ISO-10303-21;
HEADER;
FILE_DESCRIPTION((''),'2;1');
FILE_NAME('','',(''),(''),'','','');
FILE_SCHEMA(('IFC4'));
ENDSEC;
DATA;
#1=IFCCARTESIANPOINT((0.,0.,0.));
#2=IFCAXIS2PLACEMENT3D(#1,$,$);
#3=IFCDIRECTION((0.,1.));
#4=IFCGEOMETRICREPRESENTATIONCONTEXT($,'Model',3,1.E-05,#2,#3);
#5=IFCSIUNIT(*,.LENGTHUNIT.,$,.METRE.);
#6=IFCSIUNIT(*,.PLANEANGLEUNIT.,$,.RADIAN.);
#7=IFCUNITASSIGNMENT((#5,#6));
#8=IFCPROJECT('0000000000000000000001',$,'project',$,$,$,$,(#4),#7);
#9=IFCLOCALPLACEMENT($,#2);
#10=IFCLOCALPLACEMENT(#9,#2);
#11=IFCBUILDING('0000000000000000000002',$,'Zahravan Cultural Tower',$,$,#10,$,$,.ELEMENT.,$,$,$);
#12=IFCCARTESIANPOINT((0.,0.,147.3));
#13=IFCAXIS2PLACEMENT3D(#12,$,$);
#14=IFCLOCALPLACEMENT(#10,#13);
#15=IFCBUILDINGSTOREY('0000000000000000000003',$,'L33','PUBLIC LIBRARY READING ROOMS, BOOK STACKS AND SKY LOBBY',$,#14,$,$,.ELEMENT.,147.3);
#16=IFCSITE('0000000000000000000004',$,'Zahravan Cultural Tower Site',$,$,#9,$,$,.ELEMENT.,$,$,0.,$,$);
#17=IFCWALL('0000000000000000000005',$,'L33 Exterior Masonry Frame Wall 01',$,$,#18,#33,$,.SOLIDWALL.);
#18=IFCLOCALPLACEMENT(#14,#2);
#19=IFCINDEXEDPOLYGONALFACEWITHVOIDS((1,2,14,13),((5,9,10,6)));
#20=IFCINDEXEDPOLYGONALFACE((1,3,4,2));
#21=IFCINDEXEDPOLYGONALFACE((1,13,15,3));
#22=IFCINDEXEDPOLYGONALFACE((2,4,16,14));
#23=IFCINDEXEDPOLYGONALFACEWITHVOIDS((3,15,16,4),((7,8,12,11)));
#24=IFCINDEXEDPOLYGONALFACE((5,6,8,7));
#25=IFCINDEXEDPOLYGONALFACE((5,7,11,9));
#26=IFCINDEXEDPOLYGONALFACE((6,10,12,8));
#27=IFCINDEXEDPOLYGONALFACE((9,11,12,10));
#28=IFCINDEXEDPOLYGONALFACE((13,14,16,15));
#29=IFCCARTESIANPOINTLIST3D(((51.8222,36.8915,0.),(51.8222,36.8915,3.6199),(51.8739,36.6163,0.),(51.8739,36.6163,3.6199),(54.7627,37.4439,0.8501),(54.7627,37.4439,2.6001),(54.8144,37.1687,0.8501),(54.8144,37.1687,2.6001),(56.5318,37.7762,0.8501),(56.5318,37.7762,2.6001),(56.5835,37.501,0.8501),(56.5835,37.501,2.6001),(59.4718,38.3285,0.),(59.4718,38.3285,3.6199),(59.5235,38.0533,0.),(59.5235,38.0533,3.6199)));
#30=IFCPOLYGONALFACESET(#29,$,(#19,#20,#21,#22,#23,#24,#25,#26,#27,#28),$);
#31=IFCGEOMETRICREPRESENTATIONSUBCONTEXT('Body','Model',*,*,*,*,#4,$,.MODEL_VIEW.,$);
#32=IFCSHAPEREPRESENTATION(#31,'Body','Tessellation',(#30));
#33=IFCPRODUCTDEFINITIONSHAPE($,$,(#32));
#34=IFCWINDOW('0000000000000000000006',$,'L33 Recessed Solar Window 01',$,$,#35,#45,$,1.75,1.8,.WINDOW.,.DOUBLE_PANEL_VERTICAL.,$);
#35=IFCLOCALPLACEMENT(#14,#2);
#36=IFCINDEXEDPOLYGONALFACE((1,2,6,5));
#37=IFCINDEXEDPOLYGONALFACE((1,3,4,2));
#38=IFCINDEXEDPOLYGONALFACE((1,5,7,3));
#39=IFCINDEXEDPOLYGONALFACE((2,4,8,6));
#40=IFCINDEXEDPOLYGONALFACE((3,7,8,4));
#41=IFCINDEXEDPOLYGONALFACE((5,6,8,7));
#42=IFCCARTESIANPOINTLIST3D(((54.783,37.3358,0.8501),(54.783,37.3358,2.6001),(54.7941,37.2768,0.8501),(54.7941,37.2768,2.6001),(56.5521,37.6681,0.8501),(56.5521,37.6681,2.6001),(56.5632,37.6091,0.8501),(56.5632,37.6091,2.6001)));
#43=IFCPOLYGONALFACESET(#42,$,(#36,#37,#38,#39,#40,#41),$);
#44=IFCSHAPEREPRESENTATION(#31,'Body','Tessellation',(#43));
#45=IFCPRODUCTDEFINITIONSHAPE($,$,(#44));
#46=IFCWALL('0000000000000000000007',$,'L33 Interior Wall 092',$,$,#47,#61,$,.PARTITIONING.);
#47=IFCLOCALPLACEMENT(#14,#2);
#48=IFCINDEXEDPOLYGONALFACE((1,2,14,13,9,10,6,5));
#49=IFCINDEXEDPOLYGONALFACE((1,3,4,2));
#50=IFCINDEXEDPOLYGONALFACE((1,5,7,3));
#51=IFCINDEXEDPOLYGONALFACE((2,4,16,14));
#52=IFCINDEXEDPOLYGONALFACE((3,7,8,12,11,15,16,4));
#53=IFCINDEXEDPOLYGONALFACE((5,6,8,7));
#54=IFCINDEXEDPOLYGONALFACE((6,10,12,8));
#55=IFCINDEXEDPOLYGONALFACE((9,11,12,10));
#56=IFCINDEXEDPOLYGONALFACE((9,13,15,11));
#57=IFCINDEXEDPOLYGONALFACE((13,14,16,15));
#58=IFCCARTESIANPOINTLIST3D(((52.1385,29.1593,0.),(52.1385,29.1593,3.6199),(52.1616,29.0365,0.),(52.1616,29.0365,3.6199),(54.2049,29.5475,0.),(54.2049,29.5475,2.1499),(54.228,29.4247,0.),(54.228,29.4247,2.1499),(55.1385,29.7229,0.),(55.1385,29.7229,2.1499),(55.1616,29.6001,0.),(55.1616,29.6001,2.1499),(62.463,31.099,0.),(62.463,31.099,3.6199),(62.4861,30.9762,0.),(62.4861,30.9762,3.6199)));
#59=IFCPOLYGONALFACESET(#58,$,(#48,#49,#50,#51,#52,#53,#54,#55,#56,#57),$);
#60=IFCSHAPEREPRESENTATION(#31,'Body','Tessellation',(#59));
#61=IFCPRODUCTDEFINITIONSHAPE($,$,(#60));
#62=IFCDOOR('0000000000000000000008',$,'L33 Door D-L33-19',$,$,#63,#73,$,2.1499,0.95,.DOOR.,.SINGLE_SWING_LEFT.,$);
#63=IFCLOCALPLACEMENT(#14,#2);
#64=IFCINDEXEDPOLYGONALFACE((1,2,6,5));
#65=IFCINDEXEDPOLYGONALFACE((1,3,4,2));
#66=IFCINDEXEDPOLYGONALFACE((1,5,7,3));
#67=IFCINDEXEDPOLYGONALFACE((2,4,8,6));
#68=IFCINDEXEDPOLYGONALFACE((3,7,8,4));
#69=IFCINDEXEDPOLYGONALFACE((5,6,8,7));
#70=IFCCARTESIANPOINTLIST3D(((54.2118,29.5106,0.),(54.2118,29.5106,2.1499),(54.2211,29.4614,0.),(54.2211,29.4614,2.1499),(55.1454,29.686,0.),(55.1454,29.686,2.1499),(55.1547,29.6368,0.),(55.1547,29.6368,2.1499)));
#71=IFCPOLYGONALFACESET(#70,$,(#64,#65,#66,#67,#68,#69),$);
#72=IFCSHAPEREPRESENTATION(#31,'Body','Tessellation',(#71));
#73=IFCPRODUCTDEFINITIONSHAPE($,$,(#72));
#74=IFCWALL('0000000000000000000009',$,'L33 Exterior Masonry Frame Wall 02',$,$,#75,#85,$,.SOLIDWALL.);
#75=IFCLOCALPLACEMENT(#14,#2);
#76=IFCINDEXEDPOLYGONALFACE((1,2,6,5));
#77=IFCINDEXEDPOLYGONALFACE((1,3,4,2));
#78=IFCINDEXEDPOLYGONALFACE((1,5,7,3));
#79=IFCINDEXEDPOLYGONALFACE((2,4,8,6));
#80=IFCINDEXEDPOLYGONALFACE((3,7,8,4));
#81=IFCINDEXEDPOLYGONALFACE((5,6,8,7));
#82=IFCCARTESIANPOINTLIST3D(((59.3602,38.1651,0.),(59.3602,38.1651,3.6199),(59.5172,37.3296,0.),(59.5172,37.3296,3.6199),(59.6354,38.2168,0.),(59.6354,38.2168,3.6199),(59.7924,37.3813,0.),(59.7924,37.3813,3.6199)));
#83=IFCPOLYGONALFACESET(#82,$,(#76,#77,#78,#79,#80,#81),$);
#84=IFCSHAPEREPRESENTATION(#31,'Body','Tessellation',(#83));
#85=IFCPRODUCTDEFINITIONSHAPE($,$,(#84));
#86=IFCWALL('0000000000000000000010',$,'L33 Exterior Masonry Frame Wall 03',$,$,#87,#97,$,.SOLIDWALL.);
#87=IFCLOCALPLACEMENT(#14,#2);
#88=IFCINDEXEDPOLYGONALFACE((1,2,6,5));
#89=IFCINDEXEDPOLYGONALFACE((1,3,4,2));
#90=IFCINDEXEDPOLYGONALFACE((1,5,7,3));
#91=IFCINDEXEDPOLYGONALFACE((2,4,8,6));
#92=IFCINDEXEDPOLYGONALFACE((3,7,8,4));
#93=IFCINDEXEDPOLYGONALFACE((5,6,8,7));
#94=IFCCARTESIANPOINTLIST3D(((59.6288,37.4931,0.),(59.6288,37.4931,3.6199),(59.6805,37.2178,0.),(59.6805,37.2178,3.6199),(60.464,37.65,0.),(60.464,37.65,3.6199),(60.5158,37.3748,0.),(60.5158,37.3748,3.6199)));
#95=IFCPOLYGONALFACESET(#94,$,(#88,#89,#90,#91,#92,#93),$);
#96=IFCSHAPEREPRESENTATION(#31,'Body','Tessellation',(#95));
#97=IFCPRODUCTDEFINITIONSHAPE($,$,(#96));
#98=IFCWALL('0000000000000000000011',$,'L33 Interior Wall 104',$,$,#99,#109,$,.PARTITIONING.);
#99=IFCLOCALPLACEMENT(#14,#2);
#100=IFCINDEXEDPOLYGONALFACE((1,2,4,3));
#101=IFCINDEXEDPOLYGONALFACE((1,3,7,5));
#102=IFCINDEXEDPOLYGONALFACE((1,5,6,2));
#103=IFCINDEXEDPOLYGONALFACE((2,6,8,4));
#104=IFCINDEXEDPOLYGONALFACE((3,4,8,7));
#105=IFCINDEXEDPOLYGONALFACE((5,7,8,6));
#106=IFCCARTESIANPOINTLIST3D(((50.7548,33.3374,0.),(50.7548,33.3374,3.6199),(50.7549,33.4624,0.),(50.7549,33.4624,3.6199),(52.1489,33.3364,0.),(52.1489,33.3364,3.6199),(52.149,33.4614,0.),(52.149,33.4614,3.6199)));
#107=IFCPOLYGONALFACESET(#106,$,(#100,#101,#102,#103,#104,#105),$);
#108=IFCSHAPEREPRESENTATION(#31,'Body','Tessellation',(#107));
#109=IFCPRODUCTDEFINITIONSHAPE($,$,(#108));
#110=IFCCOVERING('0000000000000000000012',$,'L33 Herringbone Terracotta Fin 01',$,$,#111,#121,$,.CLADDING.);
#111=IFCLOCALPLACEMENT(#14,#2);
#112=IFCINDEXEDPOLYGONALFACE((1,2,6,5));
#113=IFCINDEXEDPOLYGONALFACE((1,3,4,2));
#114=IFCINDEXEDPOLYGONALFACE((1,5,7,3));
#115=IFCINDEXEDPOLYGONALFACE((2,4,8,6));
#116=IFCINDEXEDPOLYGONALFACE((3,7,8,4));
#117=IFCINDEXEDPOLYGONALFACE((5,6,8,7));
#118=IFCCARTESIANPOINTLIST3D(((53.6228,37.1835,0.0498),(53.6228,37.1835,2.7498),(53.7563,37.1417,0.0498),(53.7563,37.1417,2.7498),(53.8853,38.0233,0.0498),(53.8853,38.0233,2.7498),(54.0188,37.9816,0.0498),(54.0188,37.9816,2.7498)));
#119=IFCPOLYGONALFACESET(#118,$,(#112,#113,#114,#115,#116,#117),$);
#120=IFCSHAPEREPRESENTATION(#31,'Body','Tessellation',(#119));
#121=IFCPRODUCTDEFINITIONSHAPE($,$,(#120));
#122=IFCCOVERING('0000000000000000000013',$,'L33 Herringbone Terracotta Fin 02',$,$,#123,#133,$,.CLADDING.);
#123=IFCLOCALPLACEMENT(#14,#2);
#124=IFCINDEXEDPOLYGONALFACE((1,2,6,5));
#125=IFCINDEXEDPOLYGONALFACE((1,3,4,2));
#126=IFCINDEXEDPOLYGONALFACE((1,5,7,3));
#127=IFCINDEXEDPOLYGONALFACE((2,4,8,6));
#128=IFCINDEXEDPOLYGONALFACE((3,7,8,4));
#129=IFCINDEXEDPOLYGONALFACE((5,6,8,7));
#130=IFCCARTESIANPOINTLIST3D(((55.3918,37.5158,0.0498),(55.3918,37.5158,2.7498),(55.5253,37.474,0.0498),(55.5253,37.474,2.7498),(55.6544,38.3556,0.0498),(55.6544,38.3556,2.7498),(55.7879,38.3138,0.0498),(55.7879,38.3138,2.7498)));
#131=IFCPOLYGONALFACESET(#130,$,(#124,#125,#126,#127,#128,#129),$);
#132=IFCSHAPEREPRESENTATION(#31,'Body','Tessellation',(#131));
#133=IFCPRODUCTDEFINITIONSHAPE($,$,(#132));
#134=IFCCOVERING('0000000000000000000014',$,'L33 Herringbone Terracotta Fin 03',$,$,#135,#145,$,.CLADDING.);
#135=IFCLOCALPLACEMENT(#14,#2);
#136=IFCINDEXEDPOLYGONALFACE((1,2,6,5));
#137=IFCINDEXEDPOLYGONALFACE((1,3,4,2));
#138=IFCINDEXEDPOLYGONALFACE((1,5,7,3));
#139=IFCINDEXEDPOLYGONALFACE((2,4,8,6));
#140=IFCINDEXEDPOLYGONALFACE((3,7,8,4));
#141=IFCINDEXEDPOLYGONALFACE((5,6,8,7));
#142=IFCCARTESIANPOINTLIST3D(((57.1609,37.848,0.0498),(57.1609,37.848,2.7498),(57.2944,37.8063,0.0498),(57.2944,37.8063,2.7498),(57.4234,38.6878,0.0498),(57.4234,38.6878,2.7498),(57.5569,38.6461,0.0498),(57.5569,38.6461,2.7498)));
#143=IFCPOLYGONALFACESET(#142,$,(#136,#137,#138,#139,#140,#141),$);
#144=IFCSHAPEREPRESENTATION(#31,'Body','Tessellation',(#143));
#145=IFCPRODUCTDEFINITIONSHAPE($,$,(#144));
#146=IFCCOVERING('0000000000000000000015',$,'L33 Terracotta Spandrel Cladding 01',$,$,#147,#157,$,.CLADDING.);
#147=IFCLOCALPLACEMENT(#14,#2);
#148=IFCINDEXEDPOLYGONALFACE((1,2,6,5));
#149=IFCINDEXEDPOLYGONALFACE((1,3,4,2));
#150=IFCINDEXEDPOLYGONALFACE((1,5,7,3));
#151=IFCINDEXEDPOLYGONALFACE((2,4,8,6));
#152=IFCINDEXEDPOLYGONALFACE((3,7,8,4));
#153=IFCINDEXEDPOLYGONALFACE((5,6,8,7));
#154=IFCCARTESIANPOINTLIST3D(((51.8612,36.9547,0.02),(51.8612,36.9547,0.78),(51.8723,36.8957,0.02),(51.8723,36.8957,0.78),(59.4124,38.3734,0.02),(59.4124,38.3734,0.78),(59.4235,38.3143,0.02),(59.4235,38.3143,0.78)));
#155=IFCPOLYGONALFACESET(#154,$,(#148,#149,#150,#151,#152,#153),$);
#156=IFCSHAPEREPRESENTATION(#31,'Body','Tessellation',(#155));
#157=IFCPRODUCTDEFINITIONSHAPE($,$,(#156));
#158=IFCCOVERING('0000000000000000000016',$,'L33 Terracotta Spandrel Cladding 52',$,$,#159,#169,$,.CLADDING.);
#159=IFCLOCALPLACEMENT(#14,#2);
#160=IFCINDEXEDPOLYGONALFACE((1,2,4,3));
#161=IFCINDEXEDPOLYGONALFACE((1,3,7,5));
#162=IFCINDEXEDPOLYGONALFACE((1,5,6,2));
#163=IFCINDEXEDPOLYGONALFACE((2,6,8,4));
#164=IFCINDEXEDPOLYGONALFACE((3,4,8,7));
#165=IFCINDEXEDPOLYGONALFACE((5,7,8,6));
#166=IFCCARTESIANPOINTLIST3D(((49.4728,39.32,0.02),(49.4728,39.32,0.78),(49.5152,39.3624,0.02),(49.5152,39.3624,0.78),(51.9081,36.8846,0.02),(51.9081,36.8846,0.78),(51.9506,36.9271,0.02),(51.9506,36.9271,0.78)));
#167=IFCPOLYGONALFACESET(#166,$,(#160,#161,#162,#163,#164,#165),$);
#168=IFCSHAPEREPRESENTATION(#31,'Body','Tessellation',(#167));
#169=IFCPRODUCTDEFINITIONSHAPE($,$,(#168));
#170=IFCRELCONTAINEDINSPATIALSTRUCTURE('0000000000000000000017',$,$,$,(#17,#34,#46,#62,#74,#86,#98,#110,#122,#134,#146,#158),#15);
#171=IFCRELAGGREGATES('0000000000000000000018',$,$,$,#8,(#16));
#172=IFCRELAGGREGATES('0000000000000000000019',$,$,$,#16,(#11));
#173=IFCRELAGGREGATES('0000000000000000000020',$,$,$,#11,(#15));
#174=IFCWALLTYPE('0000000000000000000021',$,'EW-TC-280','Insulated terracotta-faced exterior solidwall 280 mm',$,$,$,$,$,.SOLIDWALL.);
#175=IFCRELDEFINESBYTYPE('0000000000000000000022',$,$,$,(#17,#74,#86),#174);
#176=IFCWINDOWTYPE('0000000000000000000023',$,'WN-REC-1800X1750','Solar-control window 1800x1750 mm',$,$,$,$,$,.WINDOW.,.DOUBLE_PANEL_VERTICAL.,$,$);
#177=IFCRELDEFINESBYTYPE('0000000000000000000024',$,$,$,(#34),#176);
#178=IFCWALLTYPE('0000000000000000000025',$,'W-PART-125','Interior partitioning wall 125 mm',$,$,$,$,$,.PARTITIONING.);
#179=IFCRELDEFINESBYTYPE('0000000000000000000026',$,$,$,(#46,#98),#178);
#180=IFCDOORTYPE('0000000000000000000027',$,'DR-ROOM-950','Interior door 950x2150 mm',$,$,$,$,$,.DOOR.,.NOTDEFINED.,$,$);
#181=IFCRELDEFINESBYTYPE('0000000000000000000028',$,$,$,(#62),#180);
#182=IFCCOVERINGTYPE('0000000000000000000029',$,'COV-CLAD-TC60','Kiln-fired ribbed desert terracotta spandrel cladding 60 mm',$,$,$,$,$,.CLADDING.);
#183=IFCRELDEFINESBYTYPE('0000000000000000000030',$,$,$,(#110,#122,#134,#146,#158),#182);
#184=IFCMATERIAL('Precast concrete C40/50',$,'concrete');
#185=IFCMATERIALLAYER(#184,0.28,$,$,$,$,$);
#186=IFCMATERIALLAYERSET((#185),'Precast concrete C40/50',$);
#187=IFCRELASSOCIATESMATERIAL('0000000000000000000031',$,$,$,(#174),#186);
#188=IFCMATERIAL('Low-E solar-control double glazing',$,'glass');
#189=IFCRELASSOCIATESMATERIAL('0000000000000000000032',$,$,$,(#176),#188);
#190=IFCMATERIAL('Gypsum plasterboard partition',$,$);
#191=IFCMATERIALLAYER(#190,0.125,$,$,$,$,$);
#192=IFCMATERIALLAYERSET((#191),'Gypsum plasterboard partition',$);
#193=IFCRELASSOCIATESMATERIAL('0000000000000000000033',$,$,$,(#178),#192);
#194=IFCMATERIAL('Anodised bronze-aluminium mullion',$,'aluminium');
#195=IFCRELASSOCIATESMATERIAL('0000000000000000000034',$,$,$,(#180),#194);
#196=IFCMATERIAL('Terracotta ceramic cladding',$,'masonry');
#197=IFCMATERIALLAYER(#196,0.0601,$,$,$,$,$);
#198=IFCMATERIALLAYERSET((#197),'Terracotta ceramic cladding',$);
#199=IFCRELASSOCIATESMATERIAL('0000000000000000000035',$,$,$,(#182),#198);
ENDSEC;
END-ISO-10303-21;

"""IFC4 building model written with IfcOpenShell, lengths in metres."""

from ifc_helpers import new_model, si_unit, direction, frame, frame_2d, origin, origin_2d, place, context, subcontext, project, spatial, rectangle, extrude, source, transform, mapped, material, layer, layer_set, type_object, element, fill, save


model = new_model("IFC4")

# Units and contexts
model_context = context("Model", 3, precision=1e-05, world=origin(), true_north=direction((0.0, 1.0)))
body_context = subcontext(model_context, "Body", "Model", "MODEL_VIEW")
ifc_project = project(units=[si_unit("LENGTHUNIT", "METRE"), si_unit("PLANEANGLEUNIT", "RADIAN")], contexts=[model_context])

# Site, building, storey
site_placement = place(None, origin())
site = spatial("IfcSite", under=ifc_project, at=site_placement, Name="Zahravan Cultural Tower Site", CompositionType="ELEMENT", RefElevation=0.0)
building_placement = place(site_placement, origin())
building = spatial("IfcBuilding", under=site, at=building_placement, Name="Zahravan Cultural Tower", CompositionType="ELEMENT")
storey_placement = place(building_placement, frame((0.0, 0.0, 147.3)))
storey = spatial("IfcBuildingStorey", under=building, at=storey_placement, Name="L33", Description="PUBLIC LIBRARY READING ROOMS, BOOK STACKS AND SKY LOBBY", CompositionType="ELEMENT", Elevation=147.3)

# Wall, opening, window
ifc_material_1 = material(Name="Precast concrete C40/50", Category="concrete")
ifc_layer_1 = layer(ifc_material_1, 0.28)
ifc_layer_set_1 = layer_set([ifc_layer_1], Name="Precast concrete C40/50")
wall_type_1 = type_object("IfcWallType", Name="EW-TC-280", Description="Insulated terracotta-faced exterior solidwall 280 mm", PredefinedType="SOLIDWALL", material=ifc_layer_set_1)
wall_1_placement = place(storey_placement, frame((51.8481, 36.7539, 0.0), z_axis=(0.0, 0.0, 1.0), x_axis=(0.982809, 0.184624, 0.0)))
wall_1 = element("IfcWall", 1, at=wall_1_placement, inside=storey, type_object=wall_type_1, Name="L33 Exterior Masonry Frame Wall 01", PredefinedType="SOLIDWALL", context=body_context, shape_type="SweptSolid", body=[
    extrude(rectangle(XDim=7.7834, YDim=0.28, at=frame_2d((3.8916, 0.0))), origin(), (0.0, 0.0, 1.0), 3.6199),
])
opening_1_placement = place(wall_1_placement, frame((2.9919, 0.0, 0.8501)))
opening_1 = element("IfcOpeningElement", 2, at=opening_1_placement, cuts=wall_1, PredefinedType="OPENING", context=body_context, shape_type="SweptSolid", body=[
    extrude(rectangle(XDim=1.8, YDim=1.75, at=frame_2d((0.8999, 0.875))), frame((0.0, 0.1499, 0.0), z_axis=(0.0, -1.0, 0.0), x_axis=(1.0, 0.0, 0.0)), (0.0, 0.0, 1.0), 0.3),
])
ifc_material_2 = material(Name="Low-E solar-control double glazing", Category="glass")
window_type = type_object("IfcWindowType", Name="WN-REC-1800X1750", Description="Solar-control window 1800x1750 mm", PartitioningType="DOUBLE_PANEL_VERTICAL", PredefinedType="WINDOW", material=ifc_material_2)
shared_shape_1 = source(origin(), body_context, "Body", "SweptSolid", [
    extrude(rectangle(XDim=1.8, YDim=1.75, at=frame_2d((0.8999, 0.875))), frame((0.0, 0.03, 0.0), z_axis=(0.0, -1.0, 0.0), x_axis=(1.0, 0.0, 0.0)), (0.0, 0.0, 1.0), 0.0601),
])
window_placement = place(opening_1_placement, origin())
window = element("IfcWindow", 3, at=window_placement, inside=storey, type_object=window_type, Name="L33 Recessed Solar Window 01", OverallHeight=1.75, OverallWidth=1.8, PartitioningType="DOUBLE_PANEL_VERTICAL", PredefinedType="WINDOW", context=body_context, shape_type="MappedRepresentation", body=[
    mapped(shared_shape_1, transform((0.0, 0.0, 0.0), x_axis=(1.0, 0.0, 0.0), y_axis=(0.0, 1.0, 0.0), z_axis=(0.0, 0.0, 1.0), scale=1.0)),
])
fill(opening_1, window)

# Wall, opening, door
ifc_material_3 = material(Name="Gypsum plasterboard partition")
ifc_layer_2 = layer(ifc_material_3, 0.125)
ifc_layer_set_2 = layer_set([ifc_layer_2], Name="Gypsum plasterboard partition")
wall_type_2 = type_object("IfcWallType", Name="W-PART-125", Description="Interior partitioning wall 125 mm", PredefinedType="PARTITIONING", material=ifc_layer_set_2)
wall_2_placement = place(storey_placement, frame((52.1501, 29.0979, 0.0), z_axis=(0.0, 0.0, 1.0), x_axis=(0.982806, 0.184644, 0.0)))
wall_2 = element("IfcWall", 4, at=wall_2_placement, inside=storey, type_object=wall_type_2, Name="L33 Interior Wall 092", PredefinedType="PARTITIONING", context=body_context, shape_type="SweptSolid", body=[
    extrude(rectangle(XDim=10.5051, YDim=0.125, at=frame_2d((5.2524, 0.0))), origin(), (0.0, 0.0, 1.0), 3.6199),
])
opening_2_placement = place(wall_2_placement, frame((2.1023, 0.0, 0.0)))
opening_2 = element("IfcOpeningElement", 5, at=opening_2_placement, cuts=wall_2, PredefinedType="OPENING", context=body_context, shape_type="SweptSolid", body=[
    extrude(rectangle(XDim=0.95, YDim=2.1499, at=frame_2d((0.4751, 1.075))), frame((0.0, 0.0725, 0.0), z_axis=(0.0, -1.0, 0.0), x_axis=(1.0, 0.0, 0.0)), (0.0, 0.0, 1.0), 0.145),
])
ifc_material_4 = material(Name="Anodised bronze-aluminium mullion", Category="aluminium")
door_type = type_object("IfcDoorType", Name="DR-ROOM-950", Description="Interior door 950x2150 mm", OperationType="NOTDEFINED", PredefinedType="DOOR", material=ifc_material_4)
shared_shape_2 = source(origin(), body_context, "Body", "SweptSolid", [
    extrude(rectangle(XDim=0.95, YDim=2.1499, at=frame_2d((0.4751, 1.075))), frame((0.0, 0.0249, 0.0), z_axis=(0.0, -1.0, 0.0), x_axis=(1.0, 0.0, 0.0)), (0.0, 0.0, 1.0), 0.05),
])
door_1_placement = place(opening_2_placement, origin())
door_1 = element("IfcDoor", 6, at=door_1_placement, inside=storey, type_object=door_type, Name="L33 Door D-L33-19", OperationType="SINGLE_SWING_LEFT", OverallHeight=2.1499, OverallWidth=0.95, PredefinedType="DOOR", context=body_context, shape_type="MappedRepresentation", body=[
    mapped(shared_shape_2, transform((0.0, 0.0, 0.0), x_axis=(1.0, 0.0, 0.0), y_axis=(0.0, 1.0, 0.0), z_axis=(0.0, 0.0, 1.0), scale=1.0)),
])
fill(opening_2, door_1)

# Walls
shared_shape_3 = source(origin(), body_context, "Body", "SweptSolid", [
    extrude(rectangle(XDim=0.8501, YDim=0.28, at=frame_2d((0.425, 0.0))), origin(), (0.0, 0.0, 1.0), 3.6199),
])
wall_3_placement = place(storey_placement, frame((59.4978, 38.1909, 0.0), z_axis=(0.0, 0.0, 1.0), x_axis=(0.18467, -0.982801, 0.0)))
element("IfcWall", 7, at=wall_3_placement, inside=storey, type_object=wall_type_1, Name="L33 Exterior Masonry Frame Wall 02", PredefinedType="SOLIDWALL", context=body_context, shape_type="MappedRepresentation", body=[
    mapped(shared_shape_3, transform((0.0, 0.0, 0.0), x_axis=(1.0, 0.0, 0.0), y_axis=(0.0, 1.0, 0.0), z_axis=(0.0, 0.0, 1.0), scale=1.0)),
])
shared_shape_4 = source(origin(), body_context, "Body", "SweptSolid", [
    extrude(rectangle(XDim=0.8499, YDim=0.28, at=frame_2d((0.4248, 0.0))), origin(), (0.0, 0.0, 1.0), 3.6199),
])
wall_4_placement = place(storey_placement, frame((59.6548, 37.3555, 0.0), z_axis=(0.0, 0.0, 1.0), x_axis=(0.982791, 0.184722, 0.0)))
element("IfcWall", 8, at=wall_4_placement, inside=storey, type_object=wall_type_1, Name="L33 Exterior Masonry Frame Wall 03", PredefinedType="SOLIDWALL", context=body_context, shape_type="MappedRepresentation", body=[
    mapped(shared_shape_4, transform((0.0, 0.0, 0.0), x_axis=(1.0, 0.0, 0.0), y_axis=(0.0, 1.0, 0.0), z_axis=(0.0, 0.0, 1.0), scale=1.0)),
])
shared_shape_5 = source(origin(), body_context, "Body", "SweptSolid", [
    extrude(rectangle(XDim=1.394, YDim=0.125, at=frame_2d((0.697, 0.0))), origin(), (0.0, 0.0, 1.0), 3.6199),
])
wall_5_placement = place(storey_placement, frame((52.1489, 33.3989, 0.0), z_axis=(0.0, 0.0, 1.0), x_axis=(-1.0, 0.000701, 0.0)))
element("IfcWall", 9, at=wall_5_placement, inside=storey, type_object=wall_type_2, Name="L33 Interior Wall 104", PredefinedType="PARTITIONING", context=body_context, shape_type="MappedRepresentation", body=[
    mapped(shared_shape_5, transform((0.0, 0.0, 0.0), x_axis=(1.0, 0.0, 0.0), y_axis=(0.0, 1.0, 0.0), z_axis=(0.0, 0.0, 1.0), scale=1.0)),
])

# Coverings
ifc_material_5 = material(Name="Terracotta ceramic cladding", Category="masonry")
ifc_layer_3 = layer(ifc_material_5, 0.0601)
ifc_layer_set_3 = layer_set([ifc_layer_3], Name="Terracotta ceramic cladding")
covering_type = type_object("IfcCoveringType", Name="COV-CLAD-TC60", Description="Kiln-fired ribbed desert terracotta spandrel cladding 60 mm", PredefinedType="CLADDING", material=ifc_layer_set_3)
shared_shape_6 = source(origin(), body_context, "Body", "SweptSolid", [
    extrude(rectangle(XDim=0.8799, YDim=0.1399, at=origin_2d()), origin(), (0.0, 0.0, 1.0), 2.7),
])
for number, where, z_axis, x_axis, name in (
    (10, (53.8208, 37.5825, 0.0498), (0.0, 0.0, 1.0), (0.298375, 0.954449, 0.0), "L33 Herringbone Terracotta Fin 01"),
    (11, (55.5898, 37.9148, 0.0498), (0.0, 0.0, 1.0), (0.298375, 0.954449, 0.0), "L33 Herringbone Terracotta Fin 02"),
    (12, (57.3589, 38.2471, 0.0498), (0.0, 0.0, 1.0), (0.298375, 0.954449, 0.0), "L33 Herringbone Terracotta Fin 03"),
):
    element("IfcCovering", number, at=place(storey_placement, frame(where, z_axis=z_axis, x_axis=x_axis)), inside=storey, type_object=covering_type, Name=name, PredefinedType="CLADDING", context=body_context, shape_type="MappedRepresentation", body=[
        mapped(shared_shape_6, transform((0.0, 0.0, 0.0), x_axis=(1.0, 0.0, 0.0), y_axis=(0.0, 1.0, 0.0), z_axis=(0.0, 0.0, 1.0), scale=1.0)),
    ])
shared_shape_7 = source(origin(), body_context, "Body", "SweptSolid", [
    extrude(rectangle(XDim=7.6833, YDim=0.0601, at=origin_2d()), origin(), (0.0, 0.0, 1.0), 0.76),
])
covering_1_placement = place(storey_placement, frame((55.6423, 37.6345, 0.02), z_axis=(0.0, 0.0, 1.0), x_axis=(0.982807, 0.184638, 0.0)))
element("IfcCovering", 13, at=covering_1_placement, inside=storey, type_object=covering_type, Name="L33 Terracotta Spandrel Cladding 01", PredefinedType="CLADDING", context=body_context, shape_type="MappedRepresentation", body=[
    mapped(shared_shape_7, transform((0.0, 0.0, 0.0), x_axis=(1.0, 0.0, 0.0), y_axis=(0.0, 1.0, 0.0), z_axis=(0.0, 0.0, 1.0), scale=1.0)),
])
shared_shape_8 = source(origin(), body_context, "Body", "SweptSolid", [
    extrude(rectangle(XDim=3.4441, YDim=0.0601, at=origin_2d()), origin(), (0.0, 0.0, 1.0), 0.76),
])
covering_2_placement = place(storey_placement, frame((50.7117, 38.1235, 0.02), z_axis=(0.0, 0.0, 1.0), x_axis=(0.707107, -0.707107, 0.0)))
element("IfcCovering", 14, at=covering_2_placement, inside=storey, type_object=covering_type, Name="L33 Terracotta Spandrel Cladding 52", PredefinedType="CLADDING", context=body_context, shape_type="MappedRepresentation", body=[
    mapped(shared_shape_8, transform((0.0, 0.0, 0.0), x_axis=(1.0, 0.0, 0.0), y_axis=(0.0, 1.0, 0.0), z_axis=(0.0, 0.0, 1.0), scale=1.0)),
])

save(model, "model.ifc")
